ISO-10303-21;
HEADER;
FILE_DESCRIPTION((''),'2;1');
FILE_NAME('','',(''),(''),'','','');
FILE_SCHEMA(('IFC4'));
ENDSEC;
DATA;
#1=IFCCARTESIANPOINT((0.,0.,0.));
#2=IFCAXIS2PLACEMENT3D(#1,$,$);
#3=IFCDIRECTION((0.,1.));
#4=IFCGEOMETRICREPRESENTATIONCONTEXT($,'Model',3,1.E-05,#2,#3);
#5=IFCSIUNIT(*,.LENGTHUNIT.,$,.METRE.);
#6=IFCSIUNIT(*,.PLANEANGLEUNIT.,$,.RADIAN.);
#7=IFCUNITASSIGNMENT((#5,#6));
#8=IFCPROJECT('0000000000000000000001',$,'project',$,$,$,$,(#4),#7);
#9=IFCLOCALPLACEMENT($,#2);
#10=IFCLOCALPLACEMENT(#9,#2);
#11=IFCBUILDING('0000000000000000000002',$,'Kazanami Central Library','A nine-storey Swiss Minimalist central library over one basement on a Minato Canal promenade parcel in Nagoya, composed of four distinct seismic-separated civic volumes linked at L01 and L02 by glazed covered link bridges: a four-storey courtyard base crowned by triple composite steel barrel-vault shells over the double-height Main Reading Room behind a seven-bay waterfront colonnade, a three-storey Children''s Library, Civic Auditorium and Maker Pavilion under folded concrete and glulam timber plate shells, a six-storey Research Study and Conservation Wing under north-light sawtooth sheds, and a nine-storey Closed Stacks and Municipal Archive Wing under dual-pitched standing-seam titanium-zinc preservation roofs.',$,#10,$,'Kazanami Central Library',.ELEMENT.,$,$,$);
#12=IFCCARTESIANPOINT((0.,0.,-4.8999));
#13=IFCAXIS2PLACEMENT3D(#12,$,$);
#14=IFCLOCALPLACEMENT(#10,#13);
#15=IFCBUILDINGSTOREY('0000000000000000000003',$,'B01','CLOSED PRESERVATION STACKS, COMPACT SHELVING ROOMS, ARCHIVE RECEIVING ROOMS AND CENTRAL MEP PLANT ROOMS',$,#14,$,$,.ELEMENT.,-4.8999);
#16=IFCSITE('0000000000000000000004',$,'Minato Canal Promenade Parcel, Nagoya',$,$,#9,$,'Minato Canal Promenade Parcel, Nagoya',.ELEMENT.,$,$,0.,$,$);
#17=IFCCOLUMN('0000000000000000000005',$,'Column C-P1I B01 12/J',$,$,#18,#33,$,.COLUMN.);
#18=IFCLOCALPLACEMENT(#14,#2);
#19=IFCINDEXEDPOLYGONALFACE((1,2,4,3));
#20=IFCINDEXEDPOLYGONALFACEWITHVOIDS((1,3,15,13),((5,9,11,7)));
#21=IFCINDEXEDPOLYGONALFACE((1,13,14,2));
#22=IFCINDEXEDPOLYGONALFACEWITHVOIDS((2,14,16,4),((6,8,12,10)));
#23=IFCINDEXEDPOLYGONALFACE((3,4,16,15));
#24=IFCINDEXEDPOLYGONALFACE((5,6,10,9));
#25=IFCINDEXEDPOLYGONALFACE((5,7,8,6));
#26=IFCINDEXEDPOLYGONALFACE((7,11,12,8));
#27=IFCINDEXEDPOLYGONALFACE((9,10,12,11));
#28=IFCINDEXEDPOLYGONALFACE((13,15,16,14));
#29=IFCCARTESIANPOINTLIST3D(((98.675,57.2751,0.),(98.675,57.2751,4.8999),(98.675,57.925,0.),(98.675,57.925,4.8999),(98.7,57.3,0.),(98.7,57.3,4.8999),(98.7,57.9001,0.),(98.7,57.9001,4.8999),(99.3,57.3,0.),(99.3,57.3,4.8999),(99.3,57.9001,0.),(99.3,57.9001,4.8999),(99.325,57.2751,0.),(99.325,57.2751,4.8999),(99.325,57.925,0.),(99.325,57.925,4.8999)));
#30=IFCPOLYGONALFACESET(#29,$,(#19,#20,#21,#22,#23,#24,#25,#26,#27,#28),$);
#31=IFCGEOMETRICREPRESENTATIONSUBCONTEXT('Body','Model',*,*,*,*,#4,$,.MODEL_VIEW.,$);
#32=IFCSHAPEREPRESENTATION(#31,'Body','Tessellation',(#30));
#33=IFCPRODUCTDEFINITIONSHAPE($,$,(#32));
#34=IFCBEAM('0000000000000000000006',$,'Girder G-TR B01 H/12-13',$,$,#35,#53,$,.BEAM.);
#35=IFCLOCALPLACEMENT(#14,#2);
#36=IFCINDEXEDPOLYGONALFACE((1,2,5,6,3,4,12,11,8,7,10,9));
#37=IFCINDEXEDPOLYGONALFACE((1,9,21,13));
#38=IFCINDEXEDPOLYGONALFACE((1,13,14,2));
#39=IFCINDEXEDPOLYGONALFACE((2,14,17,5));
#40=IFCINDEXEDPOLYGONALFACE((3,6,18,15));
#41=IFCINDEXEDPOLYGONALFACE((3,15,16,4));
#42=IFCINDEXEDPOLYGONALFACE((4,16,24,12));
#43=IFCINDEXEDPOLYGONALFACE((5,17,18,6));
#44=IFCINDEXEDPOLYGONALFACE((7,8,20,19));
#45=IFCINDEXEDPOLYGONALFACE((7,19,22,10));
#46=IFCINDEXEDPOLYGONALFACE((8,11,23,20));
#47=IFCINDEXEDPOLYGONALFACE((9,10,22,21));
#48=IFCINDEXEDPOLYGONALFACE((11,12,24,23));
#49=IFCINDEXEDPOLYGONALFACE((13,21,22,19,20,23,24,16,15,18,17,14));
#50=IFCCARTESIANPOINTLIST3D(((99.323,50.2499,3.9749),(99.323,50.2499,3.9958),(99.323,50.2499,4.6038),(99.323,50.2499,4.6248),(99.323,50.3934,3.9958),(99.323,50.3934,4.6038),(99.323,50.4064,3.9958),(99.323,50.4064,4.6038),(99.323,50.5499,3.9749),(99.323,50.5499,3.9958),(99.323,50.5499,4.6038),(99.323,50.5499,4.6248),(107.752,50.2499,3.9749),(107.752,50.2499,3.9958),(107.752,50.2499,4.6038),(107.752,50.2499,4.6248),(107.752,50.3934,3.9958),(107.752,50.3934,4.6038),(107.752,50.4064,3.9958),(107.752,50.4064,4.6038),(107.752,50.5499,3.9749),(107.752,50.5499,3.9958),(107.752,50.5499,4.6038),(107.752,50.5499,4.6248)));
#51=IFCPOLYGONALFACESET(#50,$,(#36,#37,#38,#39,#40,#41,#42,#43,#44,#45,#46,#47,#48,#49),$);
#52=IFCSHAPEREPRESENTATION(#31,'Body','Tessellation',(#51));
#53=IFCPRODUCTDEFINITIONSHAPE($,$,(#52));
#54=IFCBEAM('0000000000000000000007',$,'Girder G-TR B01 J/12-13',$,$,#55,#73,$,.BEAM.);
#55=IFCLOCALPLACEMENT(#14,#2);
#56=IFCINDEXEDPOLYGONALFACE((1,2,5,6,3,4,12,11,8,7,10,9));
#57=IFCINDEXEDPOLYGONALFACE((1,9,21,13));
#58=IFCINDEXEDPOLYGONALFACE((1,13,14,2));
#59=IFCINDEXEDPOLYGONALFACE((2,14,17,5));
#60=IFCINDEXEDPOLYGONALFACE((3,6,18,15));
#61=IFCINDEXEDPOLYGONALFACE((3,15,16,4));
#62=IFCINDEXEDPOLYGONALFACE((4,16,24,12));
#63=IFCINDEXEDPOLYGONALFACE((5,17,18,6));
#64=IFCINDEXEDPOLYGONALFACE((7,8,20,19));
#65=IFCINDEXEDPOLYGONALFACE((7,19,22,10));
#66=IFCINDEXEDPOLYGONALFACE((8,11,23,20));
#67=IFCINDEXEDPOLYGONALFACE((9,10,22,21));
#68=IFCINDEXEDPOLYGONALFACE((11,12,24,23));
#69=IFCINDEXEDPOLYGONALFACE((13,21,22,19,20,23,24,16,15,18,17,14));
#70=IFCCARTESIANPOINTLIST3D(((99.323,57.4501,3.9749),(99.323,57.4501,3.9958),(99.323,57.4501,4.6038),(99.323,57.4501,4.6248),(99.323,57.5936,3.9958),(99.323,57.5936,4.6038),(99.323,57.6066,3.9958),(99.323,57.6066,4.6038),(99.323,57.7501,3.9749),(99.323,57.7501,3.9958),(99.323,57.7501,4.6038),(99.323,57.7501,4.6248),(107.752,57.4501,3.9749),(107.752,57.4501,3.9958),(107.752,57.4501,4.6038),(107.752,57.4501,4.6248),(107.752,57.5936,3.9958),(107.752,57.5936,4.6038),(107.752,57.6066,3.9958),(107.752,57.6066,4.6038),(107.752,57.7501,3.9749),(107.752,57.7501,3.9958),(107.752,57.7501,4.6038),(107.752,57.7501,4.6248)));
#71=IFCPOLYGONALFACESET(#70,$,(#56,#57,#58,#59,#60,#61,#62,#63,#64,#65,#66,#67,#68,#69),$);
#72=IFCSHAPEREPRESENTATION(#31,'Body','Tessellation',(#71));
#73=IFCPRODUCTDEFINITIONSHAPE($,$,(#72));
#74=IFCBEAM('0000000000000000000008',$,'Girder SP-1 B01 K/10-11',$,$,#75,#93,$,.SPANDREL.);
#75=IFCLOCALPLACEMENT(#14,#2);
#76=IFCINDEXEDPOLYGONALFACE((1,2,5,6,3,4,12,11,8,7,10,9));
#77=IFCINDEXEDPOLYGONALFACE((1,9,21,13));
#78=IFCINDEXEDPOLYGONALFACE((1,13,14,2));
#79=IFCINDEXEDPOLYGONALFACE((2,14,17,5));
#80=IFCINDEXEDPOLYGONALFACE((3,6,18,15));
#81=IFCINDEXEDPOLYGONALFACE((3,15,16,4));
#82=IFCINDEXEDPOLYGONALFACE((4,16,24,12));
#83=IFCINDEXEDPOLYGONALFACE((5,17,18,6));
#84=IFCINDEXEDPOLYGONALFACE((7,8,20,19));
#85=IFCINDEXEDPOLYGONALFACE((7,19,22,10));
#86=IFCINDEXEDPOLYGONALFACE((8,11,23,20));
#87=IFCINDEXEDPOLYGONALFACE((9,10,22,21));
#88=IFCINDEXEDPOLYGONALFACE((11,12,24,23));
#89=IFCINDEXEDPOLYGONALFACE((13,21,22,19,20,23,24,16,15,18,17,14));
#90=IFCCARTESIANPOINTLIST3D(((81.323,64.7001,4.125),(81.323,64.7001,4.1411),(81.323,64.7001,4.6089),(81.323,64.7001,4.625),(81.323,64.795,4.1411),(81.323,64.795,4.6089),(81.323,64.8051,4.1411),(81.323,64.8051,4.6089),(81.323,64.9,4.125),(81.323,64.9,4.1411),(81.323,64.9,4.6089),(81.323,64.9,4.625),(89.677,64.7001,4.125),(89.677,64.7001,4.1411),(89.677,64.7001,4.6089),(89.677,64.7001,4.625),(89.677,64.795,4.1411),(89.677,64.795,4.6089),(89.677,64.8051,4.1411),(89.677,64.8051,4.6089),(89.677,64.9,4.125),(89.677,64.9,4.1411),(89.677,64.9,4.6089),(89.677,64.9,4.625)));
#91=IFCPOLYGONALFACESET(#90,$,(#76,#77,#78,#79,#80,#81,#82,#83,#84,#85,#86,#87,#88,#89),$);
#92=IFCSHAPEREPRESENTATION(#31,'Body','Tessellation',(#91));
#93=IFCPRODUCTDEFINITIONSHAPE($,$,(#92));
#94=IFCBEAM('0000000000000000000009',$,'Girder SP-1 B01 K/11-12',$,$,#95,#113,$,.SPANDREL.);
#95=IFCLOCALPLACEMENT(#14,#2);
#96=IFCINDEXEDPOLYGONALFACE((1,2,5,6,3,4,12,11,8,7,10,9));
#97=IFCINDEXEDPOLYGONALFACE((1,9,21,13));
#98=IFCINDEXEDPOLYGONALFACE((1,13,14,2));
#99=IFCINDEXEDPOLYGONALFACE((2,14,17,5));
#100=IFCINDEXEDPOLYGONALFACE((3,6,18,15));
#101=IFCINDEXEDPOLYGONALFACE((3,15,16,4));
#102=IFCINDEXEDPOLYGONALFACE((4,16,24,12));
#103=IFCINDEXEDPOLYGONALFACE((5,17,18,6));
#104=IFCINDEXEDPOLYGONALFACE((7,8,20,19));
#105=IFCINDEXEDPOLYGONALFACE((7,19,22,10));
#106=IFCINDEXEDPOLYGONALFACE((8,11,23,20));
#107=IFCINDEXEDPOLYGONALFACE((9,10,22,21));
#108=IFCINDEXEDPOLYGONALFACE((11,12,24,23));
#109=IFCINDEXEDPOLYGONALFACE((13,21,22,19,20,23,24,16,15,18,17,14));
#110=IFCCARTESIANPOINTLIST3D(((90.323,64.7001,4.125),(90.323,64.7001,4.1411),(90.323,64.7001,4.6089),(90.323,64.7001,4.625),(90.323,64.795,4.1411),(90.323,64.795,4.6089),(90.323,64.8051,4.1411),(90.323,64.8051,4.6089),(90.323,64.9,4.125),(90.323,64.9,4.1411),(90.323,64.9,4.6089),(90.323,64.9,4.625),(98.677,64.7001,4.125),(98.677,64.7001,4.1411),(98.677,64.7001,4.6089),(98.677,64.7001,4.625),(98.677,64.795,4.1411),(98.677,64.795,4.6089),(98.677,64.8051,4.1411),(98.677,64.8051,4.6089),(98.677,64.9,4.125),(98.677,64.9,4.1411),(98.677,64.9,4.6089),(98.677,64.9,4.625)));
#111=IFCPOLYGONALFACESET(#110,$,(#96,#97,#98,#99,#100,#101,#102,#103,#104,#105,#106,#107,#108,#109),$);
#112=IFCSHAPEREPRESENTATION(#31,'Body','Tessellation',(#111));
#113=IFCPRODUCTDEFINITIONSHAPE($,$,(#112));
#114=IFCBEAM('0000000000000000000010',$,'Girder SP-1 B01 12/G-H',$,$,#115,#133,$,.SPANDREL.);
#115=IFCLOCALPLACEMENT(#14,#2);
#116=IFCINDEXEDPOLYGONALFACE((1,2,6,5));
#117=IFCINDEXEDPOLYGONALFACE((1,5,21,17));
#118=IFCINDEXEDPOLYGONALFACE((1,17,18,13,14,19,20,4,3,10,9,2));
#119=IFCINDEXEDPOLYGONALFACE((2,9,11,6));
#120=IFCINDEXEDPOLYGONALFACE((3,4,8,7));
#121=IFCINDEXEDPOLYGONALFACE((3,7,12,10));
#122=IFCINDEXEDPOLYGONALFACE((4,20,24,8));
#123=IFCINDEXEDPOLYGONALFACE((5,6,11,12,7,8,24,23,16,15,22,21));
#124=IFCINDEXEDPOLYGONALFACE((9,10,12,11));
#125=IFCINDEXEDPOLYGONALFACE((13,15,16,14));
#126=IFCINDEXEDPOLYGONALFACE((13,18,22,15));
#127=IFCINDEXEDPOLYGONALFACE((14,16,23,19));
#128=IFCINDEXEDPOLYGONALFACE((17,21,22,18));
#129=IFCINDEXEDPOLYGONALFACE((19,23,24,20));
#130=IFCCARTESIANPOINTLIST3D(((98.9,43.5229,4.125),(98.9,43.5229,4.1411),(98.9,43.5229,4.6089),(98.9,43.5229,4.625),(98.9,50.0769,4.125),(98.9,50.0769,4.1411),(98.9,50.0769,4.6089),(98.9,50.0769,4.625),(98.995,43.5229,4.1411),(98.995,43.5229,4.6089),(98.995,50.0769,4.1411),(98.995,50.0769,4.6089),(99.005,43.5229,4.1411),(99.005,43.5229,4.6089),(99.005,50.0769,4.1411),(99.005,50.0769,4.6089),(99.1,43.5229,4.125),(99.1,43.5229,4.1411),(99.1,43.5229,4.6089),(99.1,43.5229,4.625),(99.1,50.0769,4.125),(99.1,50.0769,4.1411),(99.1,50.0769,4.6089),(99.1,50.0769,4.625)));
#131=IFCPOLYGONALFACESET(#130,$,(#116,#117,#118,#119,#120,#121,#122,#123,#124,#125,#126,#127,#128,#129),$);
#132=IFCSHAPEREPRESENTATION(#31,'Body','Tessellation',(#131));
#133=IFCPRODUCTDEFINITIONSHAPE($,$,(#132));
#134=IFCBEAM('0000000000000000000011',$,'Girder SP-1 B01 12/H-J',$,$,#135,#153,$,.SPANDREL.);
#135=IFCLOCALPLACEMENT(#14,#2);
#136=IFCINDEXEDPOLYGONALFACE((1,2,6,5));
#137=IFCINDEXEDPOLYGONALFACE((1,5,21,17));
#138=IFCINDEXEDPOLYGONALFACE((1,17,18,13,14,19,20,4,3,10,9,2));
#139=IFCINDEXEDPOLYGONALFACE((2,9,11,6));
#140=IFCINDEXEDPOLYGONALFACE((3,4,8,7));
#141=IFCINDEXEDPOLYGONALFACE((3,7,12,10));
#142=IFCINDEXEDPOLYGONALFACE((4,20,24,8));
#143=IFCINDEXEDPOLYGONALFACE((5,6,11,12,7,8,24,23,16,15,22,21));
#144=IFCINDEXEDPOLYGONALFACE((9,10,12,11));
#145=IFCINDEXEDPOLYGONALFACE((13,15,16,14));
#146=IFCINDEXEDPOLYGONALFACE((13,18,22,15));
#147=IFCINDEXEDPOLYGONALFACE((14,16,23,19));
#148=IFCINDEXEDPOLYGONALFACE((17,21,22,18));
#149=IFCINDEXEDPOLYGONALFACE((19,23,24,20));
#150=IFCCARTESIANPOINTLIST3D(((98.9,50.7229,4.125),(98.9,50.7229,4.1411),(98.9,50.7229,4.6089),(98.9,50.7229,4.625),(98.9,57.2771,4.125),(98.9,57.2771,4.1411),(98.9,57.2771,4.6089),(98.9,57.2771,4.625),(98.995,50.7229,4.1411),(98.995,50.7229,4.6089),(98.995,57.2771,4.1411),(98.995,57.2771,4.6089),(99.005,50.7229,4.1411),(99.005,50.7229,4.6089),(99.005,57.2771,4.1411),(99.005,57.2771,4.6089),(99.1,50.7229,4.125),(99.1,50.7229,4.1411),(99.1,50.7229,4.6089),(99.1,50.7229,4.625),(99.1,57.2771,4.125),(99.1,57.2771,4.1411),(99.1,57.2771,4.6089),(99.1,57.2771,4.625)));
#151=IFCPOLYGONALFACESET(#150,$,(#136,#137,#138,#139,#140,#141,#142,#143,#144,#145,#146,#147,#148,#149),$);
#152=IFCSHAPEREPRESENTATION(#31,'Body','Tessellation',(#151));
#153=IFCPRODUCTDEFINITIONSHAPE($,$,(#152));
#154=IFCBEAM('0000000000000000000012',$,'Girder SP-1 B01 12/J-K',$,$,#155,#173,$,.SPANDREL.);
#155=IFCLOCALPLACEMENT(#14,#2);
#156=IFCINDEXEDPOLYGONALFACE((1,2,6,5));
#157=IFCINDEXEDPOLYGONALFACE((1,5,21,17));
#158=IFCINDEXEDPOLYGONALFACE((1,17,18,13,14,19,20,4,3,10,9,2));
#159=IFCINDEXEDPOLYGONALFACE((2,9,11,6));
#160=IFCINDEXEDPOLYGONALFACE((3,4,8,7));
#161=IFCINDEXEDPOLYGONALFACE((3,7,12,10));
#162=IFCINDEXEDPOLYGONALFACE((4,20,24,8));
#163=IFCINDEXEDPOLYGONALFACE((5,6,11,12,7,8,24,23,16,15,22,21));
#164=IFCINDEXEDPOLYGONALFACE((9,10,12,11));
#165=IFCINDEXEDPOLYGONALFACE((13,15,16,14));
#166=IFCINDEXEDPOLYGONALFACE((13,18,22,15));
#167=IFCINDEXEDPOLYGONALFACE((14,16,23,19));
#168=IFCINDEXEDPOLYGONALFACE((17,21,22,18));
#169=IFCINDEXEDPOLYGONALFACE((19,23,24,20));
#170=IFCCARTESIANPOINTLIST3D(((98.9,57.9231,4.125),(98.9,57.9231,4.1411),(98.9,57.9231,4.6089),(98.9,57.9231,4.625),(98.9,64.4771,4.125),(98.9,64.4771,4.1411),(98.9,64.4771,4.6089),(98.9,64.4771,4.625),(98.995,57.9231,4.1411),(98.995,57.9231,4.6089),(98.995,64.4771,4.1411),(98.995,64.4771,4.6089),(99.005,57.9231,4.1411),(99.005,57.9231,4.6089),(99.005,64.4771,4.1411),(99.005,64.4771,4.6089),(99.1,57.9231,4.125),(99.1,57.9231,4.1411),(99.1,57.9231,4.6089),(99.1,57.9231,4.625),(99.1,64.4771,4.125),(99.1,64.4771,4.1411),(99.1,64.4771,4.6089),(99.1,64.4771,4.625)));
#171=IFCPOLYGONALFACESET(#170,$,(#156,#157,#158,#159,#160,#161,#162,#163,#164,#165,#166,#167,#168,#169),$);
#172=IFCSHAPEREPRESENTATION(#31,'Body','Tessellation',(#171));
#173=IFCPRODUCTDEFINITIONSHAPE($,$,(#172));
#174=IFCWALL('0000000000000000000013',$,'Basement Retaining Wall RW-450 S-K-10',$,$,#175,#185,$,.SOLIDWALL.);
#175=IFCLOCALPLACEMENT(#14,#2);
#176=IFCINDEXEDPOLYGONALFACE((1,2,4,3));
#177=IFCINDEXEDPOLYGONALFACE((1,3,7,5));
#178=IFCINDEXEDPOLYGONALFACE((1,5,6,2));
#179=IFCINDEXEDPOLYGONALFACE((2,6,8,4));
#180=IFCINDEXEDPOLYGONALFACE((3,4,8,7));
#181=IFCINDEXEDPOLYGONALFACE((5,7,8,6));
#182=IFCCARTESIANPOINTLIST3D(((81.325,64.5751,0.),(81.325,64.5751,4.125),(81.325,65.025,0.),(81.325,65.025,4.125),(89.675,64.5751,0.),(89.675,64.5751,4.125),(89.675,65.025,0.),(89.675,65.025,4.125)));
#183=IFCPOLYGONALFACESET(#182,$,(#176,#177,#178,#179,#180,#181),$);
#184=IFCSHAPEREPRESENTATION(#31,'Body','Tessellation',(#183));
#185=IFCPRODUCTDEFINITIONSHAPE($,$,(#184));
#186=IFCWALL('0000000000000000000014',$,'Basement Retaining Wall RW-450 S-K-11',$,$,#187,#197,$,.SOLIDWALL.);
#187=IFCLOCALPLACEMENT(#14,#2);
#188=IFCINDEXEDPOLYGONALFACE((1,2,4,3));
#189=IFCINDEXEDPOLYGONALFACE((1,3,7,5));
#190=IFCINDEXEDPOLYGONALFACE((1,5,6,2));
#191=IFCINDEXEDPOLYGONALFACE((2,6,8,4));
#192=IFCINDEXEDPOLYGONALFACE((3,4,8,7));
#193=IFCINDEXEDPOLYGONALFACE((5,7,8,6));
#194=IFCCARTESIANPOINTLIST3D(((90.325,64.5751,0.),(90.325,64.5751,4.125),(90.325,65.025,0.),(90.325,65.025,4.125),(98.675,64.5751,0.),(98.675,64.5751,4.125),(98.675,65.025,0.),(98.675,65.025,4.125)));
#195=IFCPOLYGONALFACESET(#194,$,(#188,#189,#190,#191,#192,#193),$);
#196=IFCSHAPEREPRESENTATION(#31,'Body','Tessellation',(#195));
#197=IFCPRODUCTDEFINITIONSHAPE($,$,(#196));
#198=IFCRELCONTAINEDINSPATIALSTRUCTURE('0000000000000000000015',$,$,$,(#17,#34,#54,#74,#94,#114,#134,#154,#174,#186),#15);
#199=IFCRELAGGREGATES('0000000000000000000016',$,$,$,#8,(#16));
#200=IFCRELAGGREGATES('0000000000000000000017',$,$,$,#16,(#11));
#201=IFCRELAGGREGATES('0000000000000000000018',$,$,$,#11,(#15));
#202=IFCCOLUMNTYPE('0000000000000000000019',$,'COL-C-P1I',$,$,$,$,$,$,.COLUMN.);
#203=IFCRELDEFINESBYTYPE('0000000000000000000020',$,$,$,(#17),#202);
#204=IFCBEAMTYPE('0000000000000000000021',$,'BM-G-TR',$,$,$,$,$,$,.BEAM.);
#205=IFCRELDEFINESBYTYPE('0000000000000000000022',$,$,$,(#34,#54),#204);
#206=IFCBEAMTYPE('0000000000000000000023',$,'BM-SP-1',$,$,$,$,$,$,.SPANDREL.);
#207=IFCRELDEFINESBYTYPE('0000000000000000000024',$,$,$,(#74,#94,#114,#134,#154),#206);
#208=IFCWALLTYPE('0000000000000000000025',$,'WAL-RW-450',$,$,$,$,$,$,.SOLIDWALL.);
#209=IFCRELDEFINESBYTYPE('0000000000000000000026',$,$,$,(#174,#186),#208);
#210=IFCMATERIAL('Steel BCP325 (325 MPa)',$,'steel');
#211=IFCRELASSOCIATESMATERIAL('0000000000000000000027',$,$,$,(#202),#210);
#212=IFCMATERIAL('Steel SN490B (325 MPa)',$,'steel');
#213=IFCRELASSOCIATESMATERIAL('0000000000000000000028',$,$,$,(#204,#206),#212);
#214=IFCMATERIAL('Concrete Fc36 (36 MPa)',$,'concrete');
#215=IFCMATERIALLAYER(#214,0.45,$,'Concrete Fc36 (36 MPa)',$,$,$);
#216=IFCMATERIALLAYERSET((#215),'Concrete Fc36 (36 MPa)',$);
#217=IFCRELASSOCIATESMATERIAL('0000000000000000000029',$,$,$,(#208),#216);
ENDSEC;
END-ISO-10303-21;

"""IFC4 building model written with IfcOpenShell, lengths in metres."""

from ifc_helpers import new_model, si_unit, direction, frame, frame_2d, origin, origin_2d, place, context, subcontext, project, spatial, rectangle, hollow_rectangle, i_section, extrude, material, layer, layer_set, material_profile, profile_set, type_object, element, save


model = new_model("IFC4")

# Units and contexts
model_context = context("Model", 3, precision=1e-05, world=origin(), true_north=direction((0.0, 1.0)))
body_context = subcontext(model_context, "Body", "Model", "MODEL_VIEW")
ifc_project = project(units=[si_unit("LENGTHUNIT", "METRE"), si_unit("PLANEANGLEUNIT", "RADIAN")], contexts=[model_context])

# Site, building, storey
site_placement = place(None, origin())
site = spatial("IfcSite", under=ifc_project, at=site_placement, Name="Minato Canal Promenade Parcel, Nagoya", LongName="Minato Canal Promenade Parcel, Nagoya", CompositionType="ELEMENT", RefElevation=0.0)
building_placement = place(site_placement, origin())
building = spatial("IfcBuilding", under=site, at=building_placement, Name="Kazanami Central Library", Description="A nine-storey Swiss Minimalist central library over one basement on a Minato Canal promenade parcel in Nagoya, composed of four distinct seismic-separated civic volumes linked at L01 and L02 by glazed covered link bridges: a four-storey courtyard base crowned by triple composite steel barrel-vault shells over the double-height Main Reading Room behind a seven-bay waterfront colonnade, a three-storey Children's Library, Civic Auditorium and Maker Pavilion under folded concrete and glulam timber plate shells, a six-storey Research Study and Conservation Wing under north-light sawtooth sheds, and a nine-storey Closed Stacks and Municipal Archive Wing under dual-pitched standing-seam titanium-zinc preservation roofs.", LongName="Kazanami Central Library", CompositionType="ELEMENT")
storey_placement = place(building_placement, frame((0.0, 0.0, -4.8999)))
storey = spatial("IfcBuildingStorey", under=building, at=storey_placement, Name="B01", Description="CLOSED PRESERVATION STACKS, COMPACT SHELVING ROOMS, ARCHIVE RECEIVING ROOMS AND CENTRAL MEP PLANT ROOMS", CompositionType="ELEMENT", Elevation=-4.8999)

# Shared definitions
ifc_material_1 = material(Name="Concrete Fc36 (36 MPa)", Category="concrete")

# Column
ifc_material_2 = material(Name="Steel BCP325 (325 MPa)", Category="steel")
ifc_material_profile_1 = material_profile(ifc_material_2, hollow_rectangle(XDim=0.6499, YDim=0.6499, WallThickness=0.0249, at=origin_2d()), Name="BCP-650x650x25")
ifc_profile_set_1 = profile_set([ifc_material_profile_1], Name="Steel BCP325 (325 MPa)")
column_type = type_object("IfcColumnType", Name="COL-C-P1I", PredefinedType="COLUMN", material=ifc_profile_set_1)
for number, where, z_axis, x_axis, name in (
    (1, (99.0, 57.6001, 0.0), (0.0, 0.0, 1.0), (1.0, 0.0, 0.0), "Column C-P1I B01 12/J"),
):
    element("IfcColumn", number, at=place(storey_placement, frame(where, z_axis=z_axis, x_axis=x_axis)), inside=storey, type_object=column_type, Name=name, PredefinedType="COLUMN", context=body_context, shape_type="SweptSolid", body=[
        extrude(hollow_rectangle(XDim=0.6499, YDim=0.6499, WallThickness=0.0249, at=origin_2d()), origin(), (0.0, 0.0, 1.0), 4.8999),
    ])

# Beams
ifc_material_3 = material(Name="Steel SN490B (325 MPa)", Category="steel")
ifc_material_profile_2 = material_profile(ifc_material_3, i_section(OverallWidth=0.3, OverallDepth=0.6499, WebThickness=0.0129, FlangeThickness=0.021, at=origin_2d()), Name="H-650x300x13x21")
ifc_profile_set_2 = profile_set([ifc_material_profile_2], Name="Steel SN490B (325 MPa)")
beam_type_1 = type_object("IfcBeamType", Name="BM-G-TR", PredefinedType="BEAM", material=ifc_profile_set_2)
for number, where, z_axis, x_axis, name in (
    (2, (99.323, 50.3999, 4.2998), (1.0, 0.0, 0.0), (0.0, 1.0, 0.0), "Girder G-TR B01 H/12-13"),
    (3, (99.323, 57.6001, 4.2998), (1.0, 0.0, 0.0), (0.0, 1.0, 0.0), "Girder G-TR B01 J/12-13"),
):
    element("IfcBeam", number, at=place(storey_placement, frame(where, z_axis=z_axis, x_axis=x_axis)), inside=storey, type_object=beam_type_1, Name=name, PredefinedType="BEAM", context=body_context, shape_type="SweptSolid", body=[
        extrude(i_section(OverallWidth=0.3, OverallDepth=0.6499, WebThickness=0.0129, FlangeThickness=0.021, at=origin_2d()), origin(), (0.0, 0.0, 1.0), 8.429),
    ])
ifc_material_profile_3 = material_profile(ifc_material_3, i_section(OverallWidth=0.2, OverallDepth=0.5, WebThickness=0.01, FlangeThickness=0.0161, at=origin_2d()), Name="H-500x200x10x16")
ifc_profile_set_3 = profile_set([ifc_material_profile_3], Name="Steel SN490B (325 MPa)")
beam_type_2 = type_object("IfcBeamType", Name="BM-SP-1", PredefinedType="SPANDREL", material=ifc_profile_set_3)
for number, where, z_axis, x_axis, name in (
    (4, (81.323, 64.8, 4.375), (1.0, 0.0, 0.0), (0.0, 1.0, 0.0), "Girder SP-1 B01 K/10-11"),
    (5, (90.323, 64.8, 4.375), (1.0, 0.0, 0.0), (0.0, 1.0, 0.0), "Girder SP-1 B01 K/11-12"),
):
    element("IfcBeam", number, at=place(storey_placement, frame(where, z_axis=z_axis, x_axis=x_axis)), inside=storey, type_object=beam_type_2, Name=name, PredefinedType="SPANDREL", context=body_context, shape_type="SweptSolid", body=[
        extrude(i_section(OverallWidth=0.2, OverallDepth=0.5, WebThickness=0.01, FlangeThickness=0.0161, at=origin_2d()), origin(), (0.0, 0.0, 1.0), 8.354),
    ])
beam_1_placement = place(storey_placement, frame((99.0, 43.5229, 4.375), z_axis=(0.0, 1.0, 0.0), x_axis=(-1.0, 0.0, 0.0)))
element("IfcBeam", 6, at=beam_1_placement, inside=storey, type_object=beam_type_2, Name="Girder SP-1 B01 12/G-H", PredefinedType="SPANDREL", context=body_context, shape_type="SweptSolid", body=[
    extrude(i_section(OverallWidth=0.2, OverallDepth=0.5, WebThickness=0.01, FlangeThickness=0.0161, at=origin_2d()), origin(), (0.0, 0.0, 1.0), 6.554),
])
beam_2_placement = place(storey_placement, frame((99.0, 50.7229, 4.375), z_axis=(0.0, 1.0, 0.0), x_axis=(-1.0, 0.0, 0.0)))
element("IfcBeam", 7, at=beam_2_placement, inside=storey, type_object=beam_type_2, Name="Girder SP-1 B01 12/H-J", PredefinedType="SPANDREL", context=body_context, shape_type="SweptSolid", body=[
    extrude(i_section(OverallWidth=0.2, OverallDepth=0.5, WebThickness=0.01, FlangeThickness=0.0161, at=origin_2d()), origin(), (0.0, 0.0, 1.0), 6.5542),
])
beam_3_placement = place(storey_placement, frame((99.0, 57.9231, 4.375), z_axis=(0.0, 1.0, 0.0), x_axis=(-1.0, 0.0, 0.0)))
element("IfcBeam", 8, at=beam_3_placement, inside=storey, type_object=beam_type_2, Name="Girder SP-1 B01 12/J-K", PredefinedType="SPANDREL", context=body_context, shape_type="SweptSolid", body=[
    extrude(i_section(OverallWidth=0.2, OverallDepth=0.5, WebThickness=0.01, FlangeThickness=0.0161, at=origin_2d()), origin(), (0.0, 0.0, 1.0), 6.554),
])

# Walls
ifc_layer = layer(ifc_material_1, 0.45, Name="Concrete Fc36 (36 MPa)")
ifc_layer_set = layer_set([ifc_layer], Name="Concrete Fc36 (36 MPa)")
wall_type = type_object("IfcWallType", Name="WAL-RW-450", PredefinedType="SOLIDWALL", material=ifc_layer_set)
for number, where, z_axis, x_axis, name in (
    (9, (81.325, 64.8, 0.0), (0.0, 0.0, 1.0), (1.0, 0.0, 0.0), "Basement Retaining Wall RW-450 S-K-10"),
    (10, (90.325, 64.8, 0.0), (0.0, 0.0, 1.0), (1.0, 0.0, 0.0), "Basement Retaining Wall RW-450 S-K-11"),
):
    element("IfcWall", number, at=place(storey_placement, frame(where, z_axis=z_axis, x_axis=x_axis)), inside=storey, type_object=wall_type, Name=name, PredefinedType="SOLIDWALL", context=body_context, shape_type="SweptSolid", body=[
        extrude(rectangle(XDim=8.3501, YDim=0.45, at=frame_2d((4.175, 0.0))), origin(), (0.0, 0.0, 1.0), 4.125),
    ])

save(model, "model.ifc")
